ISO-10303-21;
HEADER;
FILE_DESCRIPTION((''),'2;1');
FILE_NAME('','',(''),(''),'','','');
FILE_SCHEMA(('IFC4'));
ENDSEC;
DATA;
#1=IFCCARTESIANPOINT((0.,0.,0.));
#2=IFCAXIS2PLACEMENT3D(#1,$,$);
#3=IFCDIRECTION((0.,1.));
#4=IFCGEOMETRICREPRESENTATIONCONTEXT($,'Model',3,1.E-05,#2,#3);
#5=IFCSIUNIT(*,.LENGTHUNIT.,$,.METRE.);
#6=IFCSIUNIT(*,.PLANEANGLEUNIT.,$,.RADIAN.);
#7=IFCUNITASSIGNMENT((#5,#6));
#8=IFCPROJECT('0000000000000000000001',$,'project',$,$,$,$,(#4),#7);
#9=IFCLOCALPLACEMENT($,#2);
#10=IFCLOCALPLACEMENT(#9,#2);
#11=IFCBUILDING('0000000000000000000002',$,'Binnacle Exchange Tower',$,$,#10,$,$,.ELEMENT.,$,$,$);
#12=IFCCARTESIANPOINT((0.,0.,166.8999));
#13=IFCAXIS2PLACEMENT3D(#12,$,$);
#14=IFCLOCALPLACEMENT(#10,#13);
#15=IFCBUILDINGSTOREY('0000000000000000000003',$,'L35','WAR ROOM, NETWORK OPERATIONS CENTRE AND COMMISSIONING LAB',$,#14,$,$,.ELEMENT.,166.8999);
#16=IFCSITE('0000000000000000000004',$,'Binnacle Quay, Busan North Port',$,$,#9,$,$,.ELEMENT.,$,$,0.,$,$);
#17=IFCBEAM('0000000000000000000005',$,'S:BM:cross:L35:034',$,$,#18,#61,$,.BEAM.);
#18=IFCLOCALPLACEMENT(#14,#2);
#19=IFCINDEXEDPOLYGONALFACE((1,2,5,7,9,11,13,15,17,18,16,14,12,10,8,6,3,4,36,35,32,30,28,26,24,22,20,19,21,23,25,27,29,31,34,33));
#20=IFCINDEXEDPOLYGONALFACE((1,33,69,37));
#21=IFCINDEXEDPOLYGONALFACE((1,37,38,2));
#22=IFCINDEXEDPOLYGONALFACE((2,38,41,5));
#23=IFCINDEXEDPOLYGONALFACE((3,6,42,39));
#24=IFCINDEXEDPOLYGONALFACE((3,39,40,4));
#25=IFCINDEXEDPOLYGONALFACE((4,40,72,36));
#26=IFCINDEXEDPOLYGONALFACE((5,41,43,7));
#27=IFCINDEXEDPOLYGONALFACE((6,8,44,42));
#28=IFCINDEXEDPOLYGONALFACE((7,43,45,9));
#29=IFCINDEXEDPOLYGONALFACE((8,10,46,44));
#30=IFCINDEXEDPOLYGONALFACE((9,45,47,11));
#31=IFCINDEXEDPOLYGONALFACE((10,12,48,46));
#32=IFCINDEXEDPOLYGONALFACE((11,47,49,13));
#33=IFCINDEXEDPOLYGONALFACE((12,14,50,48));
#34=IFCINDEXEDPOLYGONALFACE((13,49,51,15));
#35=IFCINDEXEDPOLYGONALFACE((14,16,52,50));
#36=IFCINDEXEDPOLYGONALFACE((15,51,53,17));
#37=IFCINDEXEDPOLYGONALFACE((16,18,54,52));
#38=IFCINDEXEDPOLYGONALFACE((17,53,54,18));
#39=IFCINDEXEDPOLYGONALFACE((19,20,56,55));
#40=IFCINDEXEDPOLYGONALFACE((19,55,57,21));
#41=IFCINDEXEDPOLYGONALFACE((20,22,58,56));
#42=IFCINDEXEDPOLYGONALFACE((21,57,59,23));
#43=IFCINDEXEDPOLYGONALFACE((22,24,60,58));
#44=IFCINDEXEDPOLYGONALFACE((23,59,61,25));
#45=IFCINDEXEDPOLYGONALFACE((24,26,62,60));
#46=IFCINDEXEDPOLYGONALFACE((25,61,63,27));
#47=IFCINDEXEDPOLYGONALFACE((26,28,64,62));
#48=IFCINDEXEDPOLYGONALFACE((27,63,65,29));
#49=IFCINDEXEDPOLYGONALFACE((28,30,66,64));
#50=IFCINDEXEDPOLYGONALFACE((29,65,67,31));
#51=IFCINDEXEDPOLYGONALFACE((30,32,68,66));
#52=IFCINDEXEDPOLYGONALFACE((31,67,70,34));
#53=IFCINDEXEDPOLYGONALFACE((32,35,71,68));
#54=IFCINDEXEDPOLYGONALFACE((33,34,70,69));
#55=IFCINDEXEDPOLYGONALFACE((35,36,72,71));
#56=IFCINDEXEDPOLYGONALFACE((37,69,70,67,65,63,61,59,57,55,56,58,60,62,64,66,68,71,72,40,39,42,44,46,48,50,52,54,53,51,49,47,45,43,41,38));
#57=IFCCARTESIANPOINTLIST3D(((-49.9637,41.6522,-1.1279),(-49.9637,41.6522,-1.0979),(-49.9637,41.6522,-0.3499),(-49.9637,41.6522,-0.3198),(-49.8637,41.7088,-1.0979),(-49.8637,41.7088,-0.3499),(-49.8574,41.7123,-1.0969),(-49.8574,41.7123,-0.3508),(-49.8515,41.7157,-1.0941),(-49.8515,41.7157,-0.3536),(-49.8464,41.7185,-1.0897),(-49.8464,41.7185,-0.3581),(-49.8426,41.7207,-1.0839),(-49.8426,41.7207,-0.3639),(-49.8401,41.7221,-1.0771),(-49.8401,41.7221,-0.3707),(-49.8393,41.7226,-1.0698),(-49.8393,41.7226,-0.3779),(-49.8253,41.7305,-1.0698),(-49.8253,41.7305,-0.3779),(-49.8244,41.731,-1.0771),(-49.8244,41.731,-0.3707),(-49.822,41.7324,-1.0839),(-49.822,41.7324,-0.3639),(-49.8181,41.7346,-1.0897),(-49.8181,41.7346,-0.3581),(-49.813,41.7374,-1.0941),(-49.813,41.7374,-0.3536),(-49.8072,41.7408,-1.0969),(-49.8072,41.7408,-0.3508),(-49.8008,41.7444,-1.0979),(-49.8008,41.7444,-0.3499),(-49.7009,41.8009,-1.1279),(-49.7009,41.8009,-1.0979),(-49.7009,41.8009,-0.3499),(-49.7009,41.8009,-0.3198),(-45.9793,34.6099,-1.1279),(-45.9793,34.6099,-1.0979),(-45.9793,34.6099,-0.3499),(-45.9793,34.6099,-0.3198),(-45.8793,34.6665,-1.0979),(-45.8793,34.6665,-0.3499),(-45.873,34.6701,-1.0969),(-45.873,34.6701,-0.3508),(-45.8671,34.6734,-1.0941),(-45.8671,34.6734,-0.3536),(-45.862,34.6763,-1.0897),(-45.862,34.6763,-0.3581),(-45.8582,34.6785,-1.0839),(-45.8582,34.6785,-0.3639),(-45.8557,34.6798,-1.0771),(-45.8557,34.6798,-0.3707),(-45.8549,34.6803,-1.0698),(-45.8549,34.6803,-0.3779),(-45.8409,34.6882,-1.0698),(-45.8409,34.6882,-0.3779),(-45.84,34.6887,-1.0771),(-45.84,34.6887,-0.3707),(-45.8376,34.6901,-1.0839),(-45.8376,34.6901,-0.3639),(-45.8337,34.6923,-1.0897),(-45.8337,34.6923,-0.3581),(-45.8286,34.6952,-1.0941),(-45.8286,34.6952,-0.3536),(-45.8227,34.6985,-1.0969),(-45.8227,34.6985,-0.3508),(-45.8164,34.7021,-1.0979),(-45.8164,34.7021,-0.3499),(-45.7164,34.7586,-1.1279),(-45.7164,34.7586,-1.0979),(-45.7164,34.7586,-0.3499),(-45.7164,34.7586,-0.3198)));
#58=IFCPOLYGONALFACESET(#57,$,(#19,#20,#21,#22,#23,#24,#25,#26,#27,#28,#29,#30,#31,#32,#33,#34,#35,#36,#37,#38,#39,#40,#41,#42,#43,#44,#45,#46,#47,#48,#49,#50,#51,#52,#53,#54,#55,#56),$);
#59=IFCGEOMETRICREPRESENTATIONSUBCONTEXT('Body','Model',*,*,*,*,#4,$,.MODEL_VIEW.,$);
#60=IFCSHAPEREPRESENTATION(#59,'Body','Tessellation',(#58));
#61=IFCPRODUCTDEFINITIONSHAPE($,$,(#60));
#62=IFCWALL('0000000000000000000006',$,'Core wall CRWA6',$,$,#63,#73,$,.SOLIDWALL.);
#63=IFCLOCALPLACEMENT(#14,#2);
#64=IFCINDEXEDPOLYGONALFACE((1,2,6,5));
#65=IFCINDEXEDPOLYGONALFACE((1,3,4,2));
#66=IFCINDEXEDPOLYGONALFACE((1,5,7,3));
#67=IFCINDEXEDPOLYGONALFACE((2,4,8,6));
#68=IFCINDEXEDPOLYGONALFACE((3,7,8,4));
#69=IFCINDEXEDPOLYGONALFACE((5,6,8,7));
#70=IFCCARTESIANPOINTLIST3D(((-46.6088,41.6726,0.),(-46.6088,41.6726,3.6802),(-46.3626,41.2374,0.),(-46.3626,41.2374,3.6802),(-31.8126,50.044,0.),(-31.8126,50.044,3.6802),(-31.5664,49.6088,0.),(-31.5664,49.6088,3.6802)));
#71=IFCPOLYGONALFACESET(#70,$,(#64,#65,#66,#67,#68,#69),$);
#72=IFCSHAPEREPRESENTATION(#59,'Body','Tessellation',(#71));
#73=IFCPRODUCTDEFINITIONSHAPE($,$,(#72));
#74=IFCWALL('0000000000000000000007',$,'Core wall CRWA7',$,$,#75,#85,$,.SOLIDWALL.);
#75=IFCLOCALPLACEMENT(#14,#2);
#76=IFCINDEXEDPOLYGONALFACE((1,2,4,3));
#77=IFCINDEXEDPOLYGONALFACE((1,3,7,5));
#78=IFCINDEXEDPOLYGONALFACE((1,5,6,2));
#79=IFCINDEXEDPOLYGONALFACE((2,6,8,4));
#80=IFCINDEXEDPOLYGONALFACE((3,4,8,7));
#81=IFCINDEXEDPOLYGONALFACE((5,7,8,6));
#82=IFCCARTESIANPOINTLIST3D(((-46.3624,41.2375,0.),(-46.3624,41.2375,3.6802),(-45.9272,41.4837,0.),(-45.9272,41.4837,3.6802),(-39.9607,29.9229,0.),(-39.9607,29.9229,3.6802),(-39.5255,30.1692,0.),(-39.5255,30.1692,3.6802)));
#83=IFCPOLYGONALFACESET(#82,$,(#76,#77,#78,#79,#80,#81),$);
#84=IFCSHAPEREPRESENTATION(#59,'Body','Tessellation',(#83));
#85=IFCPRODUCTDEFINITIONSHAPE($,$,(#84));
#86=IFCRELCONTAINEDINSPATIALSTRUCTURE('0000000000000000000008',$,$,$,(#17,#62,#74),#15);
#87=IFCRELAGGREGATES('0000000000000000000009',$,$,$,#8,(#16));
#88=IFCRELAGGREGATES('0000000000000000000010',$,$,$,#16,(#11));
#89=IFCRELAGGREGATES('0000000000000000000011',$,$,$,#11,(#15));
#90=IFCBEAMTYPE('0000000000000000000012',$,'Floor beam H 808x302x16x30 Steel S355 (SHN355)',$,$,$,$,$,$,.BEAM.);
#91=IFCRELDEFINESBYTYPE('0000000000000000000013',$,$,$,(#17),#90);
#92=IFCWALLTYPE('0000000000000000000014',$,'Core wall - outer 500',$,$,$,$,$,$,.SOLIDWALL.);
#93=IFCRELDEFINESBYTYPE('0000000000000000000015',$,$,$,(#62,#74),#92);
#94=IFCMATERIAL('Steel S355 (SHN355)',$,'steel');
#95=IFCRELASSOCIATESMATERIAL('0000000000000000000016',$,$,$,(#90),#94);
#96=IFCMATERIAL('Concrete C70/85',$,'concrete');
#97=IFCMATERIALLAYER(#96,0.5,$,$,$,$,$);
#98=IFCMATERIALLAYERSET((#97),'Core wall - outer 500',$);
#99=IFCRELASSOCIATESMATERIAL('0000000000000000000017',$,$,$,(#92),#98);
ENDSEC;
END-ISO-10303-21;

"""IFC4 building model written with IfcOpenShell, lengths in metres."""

from ifc_helpers import new_model, si_unit, direction, frame, frame_2d, origin, origin_2d, place, context, subcontext, project, spatial, rectangle, i_section, extrude, material, layer, layer_set, material_profile, profile_set, type_object, element, save


model = new_model("IFC4")

# Units and contexts
model_context = context("Model", 3, precision=1e-05, world=origin(), true_north=direction((0.0, 1.0)))
body_context = subcontext(model_context, "Body", "Model", "MODEL_VIEW")
ifc_project = project(units=[si_unit("LENGTHUNIT", "METRE"), si_unit("PLANEANGLEUNIT", "RADIAN")], contexts=[model_context])

# Site, building, storey
site_placement = place(None, origin())
site = spatial("IfcSite", under=ifc_project, at=site_placement, Name="Binnacle Quay, Busan North Port", CompositionType="ELEMENT", RefElevation=0.0)
building_placement = place(site_placement, origin())
building = spatial("IfcBuilding", under=site, at=building_placement, Name="Binnacle Exchange Tower", CompositionType="ELEMENT")
storey_placement = place(building_placement, frame((0.0, 0.0, 166.8999)))
storey = spatial("IfcBuildingStorey", under=building, at=storey_placement, Name="L35", Description="WAR ROOM, NETWORK OPERATIONS CENTRE AND COMMISSIONING LAB", CompositionType="ELEMENT", Elevation=166.8999)

# Shared definitions
ifc_material_1 = material(Name="Concrete C70/85", Category="concrete")

# Beam
ifc_material_2 = material(Name="Steel S355 (SHN355)", Category="steel")
ifc_material_profile_1 = material_profile(ifc_material_2, i_section(OverallWidth=0.302, OverallDepth=0.8081, WebThickness=0.0161, FlangeThickness=0.03, FilletRadius=0.0281, at=origin_2d()), Name="H 808x302x16x30")
ifc_profile_set_1 = profile_set([ifc_material_profile_1], Name="Steel S355 (SHN355)")
beam_type_1 = type_object("IfcBeamType", Name="Floor beam H 808x302x16x30 Steel S355 (SHN355)", PredefinedType="BEAM", material=ifc_profile_set_1)
beam_1_placement = place(storey_placement, frame((-49.8323, 41.7266, -0.7239), z_axis=(0.49243, -0.870352, 0.0), x_axis=(0.870352, 0.49243, 0.0)))
element("IfcBeam", 1, at=beam_1_placement, inside=storey, type_object=beam_type_1, Name="S:BM:cross:L35:034", PredefinedType="BEAM", context=body_context, shape_type="SweptSolid", body=[
    extrude(i_section(OverallWidth=0.302, OverallDepth=0.8081, WebThickness=0.0161, FlangeThickness=0.03, FilletRadius=0.0281, at=origin_2d()), origin(), (0.0, 0.0, 1.0), 8.0913),
])

# Walls
ifc_layer_1 = layer(ifc_material_1, 0.5)
ifc_layer_set_1 = layer_set([ifc_layer_1], Name="Core wall - outer 500")
wall_type_1 = type_object("IfcWallType", Name="Core wall - outer 500", PredefinedType="SOLIDWALL", material=ifc_layer_set_1)
wall_1_placement = place(storey_placement, frame((-46.4856, 41.4551, 0.0), z_axis=(0.0, 0.0, 1.0), x_axis=(0.870354, 0.492427, 0.0)))
element("IfcWall", 2, at=wall_1_placement, inside=storey, type_object=wall_type_1, Name="Core wall CRWA6", PredefinedType="SOLIDWALL", context=body_context, shape_type="SweptSolid", body=[
    extrude(rectangle(XDim=17.0002, YDim=0.5, at=frame_2d((8.5, 0.0))), origin(), (0.0, 0.0, 1.0), 3.6802),
])
wall_2_placement = place(storey_placement, frame((-46.1448, 41.3606, 0.0), z_axis=(0.0, 0.0, 1.0), x_axis=(0.492435, -0.870349, 0.0)))
element("IfcWall", 3, at=wall_2_placement, inside=storey, type_object=wall_type_1, Name="Core wall CRWA7", PredefinedType="SOLIDWALL", context=body_context, shape_type="SweptSolid", body=[
    extrude(rectangle(XDim=13.0, YDim=0.5, at=frame_2d((6.5, 0.0))), origin(), (0.0, 0.0, 1.0), 3.6802),
])

save(model, "model.ifc")
